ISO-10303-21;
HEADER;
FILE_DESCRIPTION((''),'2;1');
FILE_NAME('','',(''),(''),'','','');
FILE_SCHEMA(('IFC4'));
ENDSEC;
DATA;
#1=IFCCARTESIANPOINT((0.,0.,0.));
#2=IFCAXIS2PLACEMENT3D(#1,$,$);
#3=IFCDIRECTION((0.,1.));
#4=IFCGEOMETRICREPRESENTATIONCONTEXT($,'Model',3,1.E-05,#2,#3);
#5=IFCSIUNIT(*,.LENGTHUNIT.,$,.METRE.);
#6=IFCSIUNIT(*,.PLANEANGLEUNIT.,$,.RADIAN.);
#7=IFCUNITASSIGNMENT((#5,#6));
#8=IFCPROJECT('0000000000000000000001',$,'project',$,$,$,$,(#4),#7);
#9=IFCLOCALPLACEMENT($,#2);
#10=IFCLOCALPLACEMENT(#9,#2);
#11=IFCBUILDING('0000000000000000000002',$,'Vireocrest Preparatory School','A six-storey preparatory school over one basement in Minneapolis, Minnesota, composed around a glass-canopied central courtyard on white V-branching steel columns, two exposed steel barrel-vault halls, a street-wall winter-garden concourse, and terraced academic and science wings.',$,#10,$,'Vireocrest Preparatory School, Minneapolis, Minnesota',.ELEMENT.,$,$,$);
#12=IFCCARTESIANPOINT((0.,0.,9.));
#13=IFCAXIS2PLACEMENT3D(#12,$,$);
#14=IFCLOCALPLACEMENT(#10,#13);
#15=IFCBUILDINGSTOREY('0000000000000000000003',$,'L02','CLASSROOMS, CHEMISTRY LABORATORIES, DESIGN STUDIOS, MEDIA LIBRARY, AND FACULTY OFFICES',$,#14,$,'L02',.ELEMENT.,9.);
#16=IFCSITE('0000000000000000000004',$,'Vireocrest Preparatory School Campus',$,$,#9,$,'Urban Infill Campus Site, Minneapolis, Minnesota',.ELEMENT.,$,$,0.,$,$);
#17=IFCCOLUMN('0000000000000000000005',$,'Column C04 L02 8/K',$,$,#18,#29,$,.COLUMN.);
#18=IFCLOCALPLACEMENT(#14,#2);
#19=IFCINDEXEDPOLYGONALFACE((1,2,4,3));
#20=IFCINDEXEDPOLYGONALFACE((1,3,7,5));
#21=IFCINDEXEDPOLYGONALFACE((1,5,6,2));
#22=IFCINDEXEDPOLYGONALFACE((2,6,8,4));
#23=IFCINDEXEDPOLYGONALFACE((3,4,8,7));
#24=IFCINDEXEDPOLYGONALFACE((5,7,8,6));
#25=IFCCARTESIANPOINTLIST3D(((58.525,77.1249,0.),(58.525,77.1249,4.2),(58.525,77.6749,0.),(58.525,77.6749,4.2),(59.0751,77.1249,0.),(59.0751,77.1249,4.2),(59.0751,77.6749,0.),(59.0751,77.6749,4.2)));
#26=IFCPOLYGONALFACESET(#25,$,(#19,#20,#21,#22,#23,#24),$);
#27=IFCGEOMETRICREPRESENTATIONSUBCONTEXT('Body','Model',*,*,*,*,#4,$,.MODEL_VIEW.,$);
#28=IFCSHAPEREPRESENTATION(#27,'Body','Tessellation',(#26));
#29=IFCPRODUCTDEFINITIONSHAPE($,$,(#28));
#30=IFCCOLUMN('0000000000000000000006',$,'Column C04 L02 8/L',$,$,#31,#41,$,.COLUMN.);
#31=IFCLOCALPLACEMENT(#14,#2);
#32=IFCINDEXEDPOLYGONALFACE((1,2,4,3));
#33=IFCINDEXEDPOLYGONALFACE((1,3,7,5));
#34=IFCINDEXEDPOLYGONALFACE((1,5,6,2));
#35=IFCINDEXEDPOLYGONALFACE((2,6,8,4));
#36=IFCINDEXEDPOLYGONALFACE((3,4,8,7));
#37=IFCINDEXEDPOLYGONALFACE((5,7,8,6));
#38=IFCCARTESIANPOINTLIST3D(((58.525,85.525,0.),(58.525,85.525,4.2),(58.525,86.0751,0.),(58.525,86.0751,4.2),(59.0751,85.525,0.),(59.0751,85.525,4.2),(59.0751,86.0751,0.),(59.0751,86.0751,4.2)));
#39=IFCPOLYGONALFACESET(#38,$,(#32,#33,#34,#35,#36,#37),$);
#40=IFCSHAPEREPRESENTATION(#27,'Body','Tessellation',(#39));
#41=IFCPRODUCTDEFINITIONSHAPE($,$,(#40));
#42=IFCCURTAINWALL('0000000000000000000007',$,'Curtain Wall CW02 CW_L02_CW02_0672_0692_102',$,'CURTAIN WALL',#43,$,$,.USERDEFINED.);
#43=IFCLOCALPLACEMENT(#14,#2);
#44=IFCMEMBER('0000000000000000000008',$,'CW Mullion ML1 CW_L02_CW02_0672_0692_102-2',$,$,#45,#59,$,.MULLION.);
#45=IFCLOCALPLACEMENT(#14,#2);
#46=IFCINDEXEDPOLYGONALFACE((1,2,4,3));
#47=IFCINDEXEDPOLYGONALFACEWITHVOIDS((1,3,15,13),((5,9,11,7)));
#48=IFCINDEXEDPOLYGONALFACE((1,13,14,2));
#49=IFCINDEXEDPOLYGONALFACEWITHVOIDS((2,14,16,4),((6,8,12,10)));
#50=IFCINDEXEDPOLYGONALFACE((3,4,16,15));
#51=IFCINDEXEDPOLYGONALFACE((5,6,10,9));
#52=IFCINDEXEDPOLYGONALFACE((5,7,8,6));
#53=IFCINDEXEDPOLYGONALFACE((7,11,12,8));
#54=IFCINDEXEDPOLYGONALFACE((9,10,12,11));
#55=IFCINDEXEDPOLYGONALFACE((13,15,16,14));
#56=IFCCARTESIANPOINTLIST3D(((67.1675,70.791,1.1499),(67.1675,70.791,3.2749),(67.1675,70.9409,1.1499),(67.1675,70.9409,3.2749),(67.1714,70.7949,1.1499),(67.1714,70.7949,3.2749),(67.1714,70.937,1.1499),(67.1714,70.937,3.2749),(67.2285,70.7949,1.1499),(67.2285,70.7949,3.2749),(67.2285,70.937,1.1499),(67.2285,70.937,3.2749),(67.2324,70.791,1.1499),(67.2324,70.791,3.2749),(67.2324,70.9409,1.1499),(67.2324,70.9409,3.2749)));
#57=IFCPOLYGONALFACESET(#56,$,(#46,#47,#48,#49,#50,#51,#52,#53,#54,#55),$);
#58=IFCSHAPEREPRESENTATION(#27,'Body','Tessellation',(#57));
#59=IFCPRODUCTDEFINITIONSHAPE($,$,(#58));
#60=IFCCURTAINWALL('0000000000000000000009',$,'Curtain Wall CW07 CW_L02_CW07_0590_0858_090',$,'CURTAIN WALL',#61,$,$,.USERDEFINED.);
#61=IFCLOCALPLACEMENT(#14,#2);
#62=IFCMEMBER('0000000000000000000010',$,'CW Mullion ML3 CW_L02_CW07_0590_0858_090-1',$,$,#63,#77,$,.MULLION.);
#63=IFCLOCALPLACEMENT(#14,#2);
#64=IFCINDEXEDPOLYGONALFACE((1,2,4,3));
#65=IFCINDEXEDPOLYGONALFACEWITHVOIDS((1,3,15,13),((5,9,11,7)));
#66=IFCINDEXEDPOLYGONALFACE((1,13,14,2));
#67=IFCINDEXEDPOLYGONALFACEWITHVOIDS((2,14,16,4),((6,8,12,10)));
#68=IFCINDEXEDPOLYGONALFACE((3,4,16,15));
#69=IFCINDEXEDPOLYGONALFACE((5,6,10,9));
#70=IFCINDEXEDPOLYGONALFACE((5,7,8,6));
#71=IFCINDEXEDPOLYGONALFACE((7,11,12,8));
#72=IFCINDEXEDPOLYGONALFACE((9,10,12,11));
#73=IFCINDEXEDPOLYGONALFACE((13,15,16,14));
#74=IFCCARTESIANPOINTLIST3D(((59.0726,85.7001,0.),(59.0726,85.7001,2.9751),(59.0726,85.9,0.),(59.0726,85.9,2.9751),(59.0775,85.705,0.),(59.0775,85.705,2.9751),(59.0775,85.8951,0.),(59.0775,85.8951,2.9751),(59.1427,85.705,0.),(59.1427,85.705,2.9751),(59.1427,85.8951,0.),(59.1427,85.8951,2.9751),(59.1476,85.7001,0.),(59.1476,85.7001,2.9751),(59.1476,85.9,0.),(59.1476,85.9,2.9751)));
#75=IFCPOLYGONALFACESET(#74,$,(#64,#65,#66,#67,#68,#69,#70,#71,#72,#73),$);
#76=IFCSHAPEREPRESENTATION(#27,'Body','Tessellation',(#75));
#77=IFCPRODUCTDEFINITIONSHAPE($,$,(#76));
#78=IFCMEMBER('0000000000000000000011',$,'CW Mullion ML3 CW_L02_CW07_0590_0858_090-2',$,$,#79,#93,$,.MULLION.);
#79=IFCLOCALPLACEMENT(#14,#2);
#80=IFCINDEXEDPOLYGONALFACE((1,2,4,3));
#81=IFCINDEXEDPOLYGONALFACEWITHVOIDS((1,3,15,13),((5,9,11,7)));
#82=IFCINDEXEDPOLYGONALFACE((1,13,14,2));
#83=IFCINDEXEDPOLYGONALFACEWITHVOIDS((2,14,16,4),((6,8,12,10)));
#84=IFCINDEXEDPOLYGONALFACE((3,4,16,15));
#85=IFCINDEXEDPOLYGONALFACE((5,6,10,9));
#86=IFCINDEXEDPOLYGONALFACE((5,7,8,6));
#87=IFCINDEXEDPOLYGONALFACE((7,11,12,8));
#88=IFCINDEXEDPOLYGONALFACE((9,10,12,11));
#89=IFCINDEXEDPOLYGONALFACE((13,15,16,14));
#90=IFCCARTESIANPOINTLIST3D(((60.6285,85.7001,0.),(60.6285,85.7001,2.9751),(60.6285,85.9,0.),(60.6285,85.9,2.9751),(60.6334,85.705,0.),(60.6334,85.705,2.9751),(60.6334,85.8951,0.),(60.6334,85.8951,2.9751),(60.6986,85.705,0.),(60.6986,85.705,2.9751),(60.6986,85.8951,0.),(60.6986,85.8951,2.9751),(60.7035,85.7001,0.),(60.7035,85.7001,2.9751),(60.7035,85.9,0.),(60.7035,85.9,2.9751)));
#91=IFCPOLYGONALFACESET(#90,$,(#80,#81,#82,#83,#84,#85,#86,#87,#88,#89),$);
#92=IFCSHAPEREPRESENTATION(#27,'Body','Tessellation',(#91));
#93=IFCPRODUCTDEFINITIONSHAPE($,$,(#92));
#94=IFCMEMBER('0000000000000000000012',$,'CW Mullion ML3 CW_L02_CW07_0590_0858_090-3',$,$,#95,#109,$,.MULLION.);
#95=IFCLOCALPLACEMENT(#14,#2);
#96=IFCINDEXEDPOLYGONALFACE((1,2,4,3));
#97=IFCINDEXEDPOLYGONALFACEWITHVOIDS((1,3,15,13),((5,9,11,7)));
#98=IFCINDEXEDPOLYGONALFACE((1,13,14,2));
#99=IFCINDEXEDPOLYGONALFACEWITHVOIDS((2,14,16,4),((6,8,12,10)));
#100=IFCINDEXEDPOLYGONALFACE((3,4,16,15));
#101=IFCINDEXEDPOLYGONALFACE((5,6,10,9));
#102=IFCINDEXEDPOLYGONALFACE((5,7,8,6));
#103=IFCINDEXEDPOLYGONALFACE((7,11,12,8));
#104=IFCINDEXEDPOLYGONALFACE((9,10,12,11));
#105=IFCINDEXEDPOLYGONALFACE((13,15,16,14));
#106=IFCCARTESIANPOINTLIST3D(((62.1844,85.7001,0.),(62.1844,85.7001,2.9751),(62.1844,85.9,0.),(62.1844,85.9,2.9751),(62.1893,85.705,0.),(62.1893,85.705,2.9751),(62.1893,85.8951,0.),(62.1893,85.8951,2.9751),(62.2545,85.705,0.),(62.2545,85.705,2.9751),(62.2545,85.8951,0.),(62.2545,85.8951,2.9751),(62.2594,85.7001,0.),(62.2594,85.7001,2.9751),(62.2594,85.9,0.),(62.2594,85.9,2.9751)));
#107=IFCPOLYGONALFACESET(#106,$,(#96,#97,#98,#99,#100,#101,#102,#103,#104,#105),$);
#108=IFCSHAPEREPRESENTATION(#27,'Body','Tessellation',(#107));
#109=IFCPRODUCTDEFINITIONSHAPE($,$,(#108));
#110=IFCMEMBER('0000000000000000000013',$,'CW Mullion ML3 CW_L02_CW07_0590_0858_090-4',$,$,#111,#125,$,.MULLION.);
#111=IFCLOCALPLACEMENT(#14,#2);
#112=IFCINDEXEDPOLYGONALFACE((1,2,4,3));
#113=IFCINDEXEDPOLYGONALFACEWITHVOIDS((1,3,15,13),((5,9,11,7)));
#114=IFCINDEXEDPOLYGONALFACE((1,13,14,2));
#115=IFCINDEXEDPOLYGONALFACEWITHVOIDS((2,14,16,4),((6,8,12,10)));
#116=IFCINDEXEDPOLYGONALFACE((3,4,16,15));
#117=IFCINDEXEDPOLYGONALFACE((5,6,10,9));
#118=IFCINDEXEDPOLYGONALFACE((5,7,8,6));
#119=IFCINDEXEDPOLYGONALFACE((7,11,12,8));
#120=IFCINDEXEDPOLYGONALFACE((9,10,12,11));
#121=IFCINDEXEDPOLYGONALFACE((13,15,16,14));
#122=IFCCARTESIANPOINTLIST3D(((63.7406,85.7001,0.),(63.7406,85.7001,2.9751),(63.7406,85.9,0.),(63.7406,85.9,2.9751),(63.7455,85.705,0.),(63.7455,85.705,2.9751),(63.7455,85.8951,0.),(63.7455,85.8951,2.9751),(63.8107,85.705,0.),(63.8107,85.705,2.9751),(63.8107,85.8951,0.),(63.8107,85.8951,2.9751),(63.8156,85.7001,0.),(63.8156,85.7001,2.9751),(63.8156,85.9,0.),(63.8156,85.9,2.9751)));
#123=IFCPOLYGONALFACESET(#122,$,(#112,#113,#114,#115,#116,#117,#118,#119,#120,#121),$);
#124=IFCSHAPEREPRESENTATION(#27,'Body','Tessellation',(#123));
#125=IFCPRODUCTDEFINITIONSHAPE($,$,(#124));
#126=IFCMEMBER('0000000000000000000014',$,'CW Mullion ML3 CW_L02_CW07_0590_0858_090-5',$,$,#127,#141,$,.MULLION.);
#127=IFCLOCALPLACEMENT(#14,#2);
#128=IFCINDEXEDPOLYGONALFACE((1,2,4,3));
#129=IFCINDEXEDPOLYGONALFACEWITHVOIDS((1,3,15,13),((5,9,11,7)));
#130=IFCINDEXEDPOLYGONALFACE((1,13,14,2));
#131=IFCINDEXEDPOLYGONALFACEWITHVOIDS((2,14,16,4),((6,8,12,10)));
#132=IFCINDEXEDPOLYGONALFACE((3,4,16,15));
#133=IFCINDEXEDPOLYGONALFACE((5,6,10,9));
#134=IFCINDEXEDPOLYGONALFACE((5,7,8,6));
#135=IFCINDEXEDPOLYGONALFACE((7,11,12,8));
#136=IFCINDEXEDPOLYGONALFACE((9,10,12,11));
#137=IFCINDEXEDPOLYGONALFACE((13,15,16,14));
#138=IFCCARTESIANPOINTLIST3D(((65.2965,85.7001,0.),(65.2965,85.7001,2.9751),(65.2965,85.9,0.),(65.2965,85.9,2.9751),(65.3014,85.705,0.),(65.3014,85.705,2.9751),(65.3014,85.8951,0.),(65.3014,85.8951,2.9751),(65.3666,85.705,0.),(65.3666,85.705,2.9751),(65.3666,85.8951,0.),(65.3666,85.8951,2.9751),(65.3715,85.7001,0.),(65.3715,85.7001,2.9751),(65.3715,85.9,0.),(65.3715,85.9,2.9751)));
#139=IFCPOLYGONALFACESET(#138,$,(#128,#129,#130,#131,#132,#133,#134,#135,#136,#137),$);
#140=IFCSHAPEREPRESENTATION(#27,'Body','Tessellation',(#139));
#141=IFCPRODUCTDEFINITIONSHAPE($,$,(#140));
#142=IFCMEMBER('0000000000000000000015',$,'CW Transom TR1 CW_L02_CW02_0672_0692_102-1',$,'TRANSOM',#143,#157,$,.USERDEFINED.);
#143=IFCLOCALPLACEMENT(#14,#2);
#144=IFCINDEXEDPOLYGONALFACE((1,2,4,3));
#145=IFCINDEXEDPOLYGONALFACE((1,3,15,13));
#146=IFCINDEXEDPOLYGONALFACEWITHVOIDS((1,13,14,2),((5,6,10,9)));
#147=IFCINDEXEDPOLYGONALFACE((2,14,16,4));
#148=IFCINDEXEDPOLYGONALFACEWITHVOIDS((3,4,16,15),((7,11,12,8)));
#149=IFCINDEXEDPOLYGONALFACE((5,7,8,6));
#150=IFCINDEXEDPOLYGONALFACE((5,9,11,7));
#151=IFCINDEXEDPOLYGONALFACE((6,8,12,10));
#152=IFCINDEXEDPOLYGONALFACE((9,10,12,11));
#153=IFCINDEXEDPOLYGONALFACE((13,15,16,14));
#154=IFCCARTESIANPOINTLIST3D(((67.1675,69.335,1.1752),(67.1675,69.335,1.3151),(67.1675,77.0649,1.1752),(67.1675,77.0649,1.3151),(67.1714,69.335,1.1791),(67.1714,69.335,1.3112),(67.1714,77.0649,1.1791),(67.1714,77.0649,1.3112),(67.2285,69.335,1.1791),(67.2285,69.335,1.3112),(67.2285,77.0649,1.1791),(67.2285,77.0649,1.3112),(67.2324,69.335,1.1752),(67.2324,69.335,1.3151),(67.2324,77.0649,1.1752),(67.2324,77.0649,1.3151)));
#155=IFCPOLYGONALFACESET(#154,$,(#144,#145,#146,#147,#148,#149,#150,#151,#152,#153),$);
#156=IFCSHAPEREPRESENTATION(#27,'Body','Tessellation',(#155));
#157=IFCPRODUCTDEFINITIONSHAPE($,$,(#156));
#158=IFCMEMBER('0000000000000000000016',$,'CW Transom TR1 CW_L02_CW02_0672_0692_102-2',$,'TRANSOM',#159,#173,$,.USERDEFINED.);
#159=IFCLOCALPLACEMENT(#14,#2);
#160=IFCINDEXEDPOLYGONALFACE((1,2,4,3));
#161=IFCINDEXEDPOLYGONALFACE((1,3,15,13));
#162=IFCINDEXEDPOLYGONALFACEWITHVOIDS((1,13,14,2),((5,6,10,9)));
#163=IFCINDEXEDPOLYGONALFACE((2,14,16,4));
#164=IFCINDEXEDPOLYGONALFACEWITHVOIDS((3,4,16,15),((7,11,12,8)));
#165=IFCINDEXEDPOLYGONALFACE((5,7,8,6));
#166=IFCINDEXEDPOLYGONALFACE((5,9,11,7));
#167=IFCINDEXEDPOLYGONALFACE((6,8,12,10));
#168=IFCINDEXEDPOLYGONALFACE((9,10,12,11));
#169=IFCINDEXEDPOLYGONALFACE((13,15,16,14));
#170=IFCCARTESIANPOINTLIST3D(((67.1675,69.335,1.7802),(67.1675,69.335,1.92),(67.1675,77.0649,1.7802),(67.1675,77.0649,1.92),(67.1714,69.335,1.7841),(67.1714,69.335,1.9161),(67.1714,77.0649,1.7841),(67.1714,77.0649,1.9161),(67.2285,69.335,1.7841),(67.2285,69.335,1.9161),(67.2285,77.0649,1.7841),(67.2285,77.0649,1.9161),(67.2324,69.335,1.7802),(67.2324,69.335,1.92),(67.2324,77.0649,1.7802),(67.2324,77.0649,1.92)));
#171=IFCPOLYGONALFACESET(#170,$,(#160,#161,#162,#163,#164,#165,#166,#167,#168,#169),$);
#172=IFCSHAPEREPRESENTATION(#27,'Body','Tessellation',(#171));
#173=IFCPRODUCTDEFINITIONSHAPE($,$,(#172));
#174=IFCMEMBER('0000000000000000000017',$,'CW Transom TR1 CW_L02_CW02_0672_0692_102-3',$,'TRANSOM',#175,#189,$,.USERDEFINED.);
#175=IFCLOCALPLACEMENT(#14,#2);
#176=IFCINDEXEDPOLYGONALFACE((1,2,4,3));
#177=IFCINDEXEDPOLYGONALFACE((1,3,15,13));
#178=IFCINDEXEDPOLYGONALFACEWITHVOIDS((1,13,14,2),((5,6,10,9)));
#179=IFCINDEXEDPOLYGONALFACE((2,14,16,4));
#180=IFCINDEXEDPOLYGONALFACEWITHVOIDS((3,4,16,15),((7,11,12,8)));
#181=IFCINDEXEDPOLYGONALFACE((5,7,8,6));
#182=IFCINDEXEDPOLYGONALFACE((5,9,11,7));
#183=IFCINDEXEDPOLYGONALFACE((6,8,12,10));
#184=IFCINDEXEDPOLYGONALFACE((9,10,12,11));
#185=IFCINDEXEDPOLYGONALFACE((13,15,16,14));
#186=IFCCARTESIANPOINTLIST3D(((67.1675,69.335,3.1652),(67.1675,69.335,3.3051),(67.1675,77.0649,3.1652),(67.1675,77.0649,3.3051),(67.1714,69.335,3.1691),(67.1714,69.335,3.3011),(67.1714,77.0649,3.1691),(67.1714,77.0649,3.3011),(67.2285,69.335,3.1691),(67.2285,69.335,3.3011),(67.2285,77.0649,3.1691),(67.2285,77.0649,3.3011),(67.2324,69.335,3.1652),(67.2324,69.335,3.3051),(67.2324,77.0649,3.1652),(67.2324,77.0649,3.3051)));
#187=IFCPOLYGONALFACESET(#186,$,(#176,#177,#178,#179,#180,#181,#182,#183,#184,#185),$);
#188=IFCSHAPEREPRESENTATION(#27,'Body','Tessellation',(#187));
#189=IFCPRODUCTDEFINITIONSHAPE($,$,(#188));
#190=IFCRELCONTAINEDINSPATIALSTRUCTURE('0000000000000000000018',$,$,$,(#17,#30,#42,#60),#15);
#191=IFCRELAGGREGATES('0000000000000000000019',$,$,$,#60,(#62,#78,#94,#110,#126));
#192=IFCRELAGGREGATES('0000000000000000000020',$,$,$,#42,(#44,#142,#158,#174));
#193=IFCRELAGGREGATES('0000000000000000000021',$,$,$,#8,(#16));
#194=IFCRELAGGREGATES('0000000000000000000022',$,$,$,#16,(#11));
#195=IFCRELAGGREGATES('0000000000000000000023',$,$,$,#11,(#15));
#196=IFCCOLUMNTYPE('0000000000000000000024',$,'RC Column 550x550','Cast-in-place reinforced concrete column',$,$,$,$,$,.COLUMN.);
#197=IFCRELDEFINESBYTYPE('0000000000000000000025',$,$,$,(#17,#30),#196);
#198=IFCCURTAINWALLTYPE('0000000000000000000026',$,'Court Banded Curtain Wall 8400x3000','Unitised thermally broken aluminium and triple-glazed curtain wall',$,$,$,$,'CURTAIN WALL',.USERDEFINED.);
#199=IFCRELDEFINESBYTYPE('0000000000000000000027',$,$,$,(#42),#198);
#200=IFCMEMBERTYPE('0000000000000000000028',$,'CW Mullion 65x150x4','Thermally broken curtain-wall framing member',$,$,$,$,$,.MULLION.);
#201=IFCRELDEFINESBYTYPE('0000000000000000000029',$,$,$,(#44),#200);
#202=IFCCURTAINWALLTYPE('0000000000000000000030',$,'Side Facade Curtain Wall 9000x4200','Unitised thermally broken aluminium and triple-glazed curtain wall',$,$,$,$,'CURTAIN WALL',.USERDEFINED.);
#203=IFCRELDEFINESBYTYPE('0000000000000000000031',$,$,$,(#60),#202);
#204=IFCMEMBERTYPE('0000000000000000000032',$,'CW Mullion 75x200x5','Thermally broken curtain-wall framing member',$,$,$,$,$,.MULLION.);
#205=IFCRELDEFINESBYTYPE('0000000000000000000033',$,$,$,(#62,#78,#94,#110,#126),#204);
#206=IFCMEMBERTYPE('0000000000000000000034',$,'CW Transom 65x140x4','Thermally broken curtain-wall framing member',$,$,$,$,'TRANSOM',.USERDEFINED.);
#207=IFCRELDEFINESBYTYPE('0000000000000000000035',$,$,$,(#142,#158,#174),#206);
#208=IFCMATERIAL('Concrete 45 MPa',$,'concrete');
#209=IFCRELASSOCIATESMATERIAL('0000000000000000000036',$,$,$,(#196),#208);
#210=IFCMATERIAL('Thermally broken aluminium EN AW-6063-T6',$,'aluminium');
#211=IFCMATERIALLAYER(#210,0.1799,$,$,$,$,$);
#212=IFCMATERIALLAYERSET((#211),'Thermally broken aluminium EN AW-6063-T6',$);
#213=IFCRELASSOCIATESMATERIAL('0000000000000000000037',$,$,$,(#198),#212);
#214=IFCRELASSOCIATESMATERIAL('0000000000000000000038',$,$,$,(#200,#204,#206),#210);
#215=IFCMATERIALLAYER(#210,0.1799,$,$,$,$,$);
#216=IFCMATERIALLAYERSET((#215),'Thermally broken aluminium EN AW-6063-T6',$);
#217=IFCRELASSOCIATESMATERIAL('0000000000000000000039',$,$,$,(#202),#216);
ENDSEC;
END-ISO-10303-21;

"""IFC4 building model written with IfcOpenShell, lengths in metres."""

from ifc_helpers import new_model, si_unit, direction, frame, origin, origin_2d, place, context, subcontext, project, spatial, rectangle, hollow_rectangle, extrude, material, layer, layer_set, material_profile, profile_set, type_object, element, aggregate, save


model = new_model("IFC4")

# Units and contexts
model_context = context("Model", 3, precision=1e-05, world=origin(), true_north=direction((0.0, 1.0)))
body_context = subcontext(model_context, "Body", "Model", "MODEL_VIEW")
ifc_project = project(units=[si_unit("LENGTHUNIT", "METRE"), si_unit("PLANEANGLEUNIT", "RADIAN")], contexts=[model_context])

# Site, building, storey
site_placement = place(None, origin())
site = spatial("IfcSite", under=ifc_project, at=site_placement, Name="Vireocrest Preparatory School Campus", LongName="Urban Infill Campus Site, Minneapolis, Minnesota", CompositionType="ELEMENT", RefElevation=0.0)
building_placement = place(site_placement, origin())
building = spatial("IfcBuilding", under=site, at=building_placement, Name="Vireocrest Preparatory School", Description="A six-storey preparatory school over one basement in Minneapolis, Minnesota, composed around a glass-canopied central courtyard on white V-branching steel columns, two exposed steel barrel-vault halls, a street-wall winter-garden concourse, and terraced academic and science wings.", LongName="Vireocrest Preparatory School, Minneapolis, Minnesota", CompositionType="ELEMENT")
storey_placement = place(building_placement, frame((0.0, 0.0, 9.0)))
storey = spatial("IfcBuildingStorey", under=building, at=storey_placement, Name="L02", Description="CLASSROOMS, CHEMISTRY LABORATORIES, DESIGN STUDIOS, MEDIA LIBRARY, AND FACULTY OFFICES", LongName="L02", CompositionType="ELEMENT", Elevation=9.0)

# Columns
ifc_material_1 = material(Name="Concrete 45 MPa", Category="concrete")
ifc_material_profile_1 = material_profile(ifc_material_1, rectangle(XDim=0.55, YDim=0.55, at=origin_2d()), Name="RC 550x550")
ifc_profile_set_1 = profile_set([ifc_material_profile_1], Name="Concrete 45 MPa")
column_type = type_object("IfcColumnType", Name="RC Column 550x550", Description="Cast-in-place reinforced concrete column", PredefinedType="COLUMN", material=ifc_profile_set_1)
for number, where, z_axis, x_axis, name in (
    (1, (58.8, 77.3999, 0.0), (0.0, 0.0, 1.0), (1.0, 0.0, 0.0), "Column C04 L02 8/K"),
    (2, (58.8, 85.8, 0.0), (0.0, 0.0, 1.0), (1.0, 0.0, 0.0), "Column C04 L02 8/L"),
):
    element("IfcColumn", number, at=place(storey_placement, frame(where, z_axis=z_axis, x_axis=x_axis)), inside=storey, type_object=column_type, Name=name, PredefinedType="COLUMN", context=body_context, shape_type="SweptSolid", body=[
        extrude(rectangle(XDim=0.55, YDim=0.55, at=origin_2d()), origin(), (0.0, 0.0, 1.0), 4.2),
    ])

# Curtain wall, member
ifc_material_2 = material(Name="Thermally broken aluminium EN AW-6063-T6", Category="aluminium")
ifc_layer_1 = layer(ifc_material_2, 0.1799)
ifc_layer_set_1 = layer_set([ifc_layer_1], Name="Thermally broken aluminium EN AW-6063-T6")
curtain_wall_type_1 = type_object("IfcCurtainWallType", Name="Court Banded Curtain Wall 8400x3000", Description="Unitised thermally broken aluminium and triple-glazed curtain wall", ElementType="CURTAIN WALL", PredefinedType="USERDEFINED", material=ifc_layer_set_1)
curtain_wall_1_placement = place(storey_placement, origin())
curtain_wall_1 = element("IfcCurtainWall", 3, at=curtain_wall_1_placement, inside=storey, type_object=curtain_wall_type_1, Name="Curtain Wall CW02 CW_L02_CW02_0672_0692_102", ObjectType="CURTAIN WALL", PredefinedType="USERDEFINED")
ifc_material_profile_2 = material_profile(ifc_material_2, hollow_rectangle(XDim=0.0649, YDim=0.1499, WallThickness=0.0039, at=origin_2d()), Name="ALU 65x150x4")
ifc_profile_set_2 = profile_set([ifc_material_profile_2], Name="Thermally broken aluminium EN AW-6063-T6")
member_type_1 = type_object("IfcMemberType", Name="CW Mullion 65x150x4", Description="Thermally broken curtain-wall framing member", PredefinedType="MULLION", material=ifc_profile_set_2)
member_1_placement = place(storey_placement, frame((67.2, 70.866, 1.1499), z_axis=(0.0, 0.0, 1.0), x_axis=(1.0, 0.0, 0.0)))
member_1 = element("IfcMember", 4, at=member_1_placement, type_object=member_type_1, Name="CW Mullion ML1 CW_L02_CW02_0672_0692_102-2", PredefinedType="MULLION", context=body_context, shape_type="SweptSolid", body=[
    extrude(hollow_rectangle(XDim=0.0649, YDim=0.1499, WallThickness=0.0039, at=origin_2d()), origin(), (0.0, 0.0, 1.0), 2.125),
])

# Curtain wall, members
ifc_layer_2 = layer(ifc_material_2, 0.1799)
ifc_layer_set_2 = layer_set([ifc_layer_2], Name="Thermally broken aluminium EN AW-6063-T6")
curtain_wall_type_2 = type_object("IfcCurtainWallType", Name="Side Facade Curtain Wall 9000x4200", Description="Unitised thermally broken aluminium and triple-glazed curtain wall", ElementType="CURTAIN WALL", PredefinedType="USERDEFINED", material=ifc_layer_set_2)
curtain_wall_2_placement = place(storey_placement, origin())
curtain_wall_2 = element("IfcCurtainWall", 5, at=curtain_wall_2_placement, inside=storey, type_object=curtain_wall_type_2, Name="Curtain Wall CW07 CW_L02_CW07_0590_0858_090", ObjectType="CURTAIN WALL", PredefinedType="USERDEFINED")
ifc_material_profile_3 = material_profile(ifc_material_2, hollow_rectangle(XDim=0.075, YDim=0.2, WallThickness=0.0049, at=origin_2d()), Name="ALU 75x200x5")
ifc_profile_set_3 = profile_set([ifc_material_profile_3], Name="Thermally broken aluminium EN AW-6063-T6")
member_type_2 = type_object("IfcMemberType", Name="CW Mullion 75x200x5", Description="Thermally broken curtain-wall framing member", PredefinedType="MULLION", material=ifc_profile_set_3)
member_2_placement = place(storey_placement, frame((59.1101, 85.8, 0.0), z_axis=(0.0, 0.0, 1.0), x_axis=(1.0, 0.0, 0.0)))
member_2 = element("IfcMember", 6, at=member_2_placement, type_object=member_type_2, Name="CW Mullion ML3 CW_L02_CW07_0590_0858_090-1", PredefinedType="MULLION", context=body_context, shape_type="SweptSolid", body=[
    extrude(hollow_rectangle(XDim=0.075, YDim=0.2, WallThickness=0.0049, at=origin_2d()), origin(), (0.0, 0.0, 1.0), 2.9751),
])
member_3_placement = place(storey_placement, frame((60.666, 85.8, 0.0), z_axis=(0.0, 0.0, 1.0), x_axis=(1.0, 0.0, 0.0)))
member_3 = element("IfcMember", 7, at=member_3_placement, type_object=member_type_2, Name="CW Mullion ML3 CW_L02_CW07_0590_0858_090-2", PredefinedType="MULLION", context=body_context, shape_type="SweptSolid", body=[
    extrude(hollow_rectangle(XDim=0.075, YDim=0.2, WallThickness=0.0049, at=origin_2d()), origin(), (0.0, 0.0, 1.0), 2.9751),
])
member_4_placement = place(storey_placement, frame((62.2219, 85.8, 0.0), z_axis=(0.0, 0.0, 1.0), x_axis=(1.0, 0.0, 0.0)))
member_4 = element("IfcMember", 8, at=member_4_placement, type_object=member_type_2, Name="CW Mullion ML3 CW_L02_CW07_0590_0858_090-3", PredefinedType="MULLION", context=body_context, shape_type="SweptSolid", body=[
    extrude(hollow_rectangle(XDim=0.075, YDim=0.2, WallThickness=0.0049, at=origin_2d()), origin(), (0.0, 0.0, 1.0), 2.9751),
])
member_5_placement = place(storey_placement, frame((63.7781, 85.8, 0.0), z_axis=(0.0, 0.0, 1.0), x_axis=(1.0, 0.0, 0.0)))
member_5 = element("IfcMember", 9, at=member_5_placement, type_object=member_type_2, Name="CW Mullion ML3 CW_L02_CW07_0590_0858_090-4", PredefinedType="MULLION", context=body_context, shape_type="SweptSolid", body=[
    extrude(hollow_rectangle(XDim=0.075, YDim=0.2, WallThickness=0.0049, at=origin_2d()), origin(), (0.0, 0.0, 1.0), 2.9751),
])
member_6_placement = place(storey_placement, frame((65.334, 85.8, 0.0), z_axis=(0.0, 0.0, 1.0), x_axis=(1.0, 0.0, 0.0)))
member_6 = element("IfcMember", 10, at=member_6_placement, type_object=member_type_2, Name="CW Mullion ML3 CW_L02_CW07_0590_0858_090-5", PredefinedType="MULLION", context=body_context, shape_type="SweptSolid", body=[
    extrude(hollow_rectangle(XDim=0.075, YDim=0.2, WallThickness=0.0049, at=origin_2d()), origin(), (0.0, 0.0, 1.0), 2.9751),
])

# Members
ifc_material_profile_4 = material_profile(ifc_material_2, hollow_rectangle(XDim=0.0649, YDim=0.1399, WallThickness=0.0039, at=origin_2d()), Name="ALU 65x140x4")
ifc_profile_set_4 = profile_set([ifc_material_profile_4], Name="Thermally broken aluminium EN AW-6063-T6")
member_type_3 = type_object("IfcMemberType", Name="CW Transom 65x140x4", Description="Thermally broken curtain-wall framing member", ElementType="TRANSOM", PredefinedType="USERDEFINED", material=ifc_profile_set_4)
member_7_placement = place(storey_placement, frame((67.2, 69.335, 1.2451), z_axis=(0.0, 1.0, 0.0), x_axis=(-1.0, 0.0, 0.0)))
member_7 = element("IfcMember", 11, at=member_7_placement, type_object=member_type_3, Name="CW Transom TR1 CW_L02_CW02_0672_0692_102-1", ObjectType="TRANSOM", PredefinedType="USERDEFINED", context=body_context, shape_type="SweptSolid", body=[
    extrude(hollow_rectangle(XDim=0.0649, YDim=0.1399, WallThickness=0.0039, at=origin_2d()), origin(), (0.0, 0.0, 1.0), 7.73),
])
member_8_placement = place(storey_placement, frame((67.2, 69.335, 1.8501), z_axis=(0.0, 1.0, 0.0), x_axis=(-1.0, 0.0, 0.0)))
member_8 = element("IfcMember", 12, at=member_8_placement, type_object=member_type_3, Name="CW Transom TR1 CW_L02_CW02_0672_0692_102-2", ObjectType="TRANSOM", PredefinedType="USERDEFINED", context=body_context, shape_type="SweptSolid", body=[
    extrude(hollow_rectangle(XDim=0.0649, YDim=0.1399, WallThickness=0.0039, at=origin_2d()), origin(), (0.0, 0.0, 1.0), 7.73),
])
member_9_placement = place(storey_placement, frame((67.2, 69.335, 3.2351), z_axis=(0.0, 1.0, 0.0), x_axis=(-1.0, 0.0, 0.0)))
member_9 = element("IfcMember", 13, at=member_9_placement, type_object=member_type_3, Name="CW Transom TR1 CW_L02_CW02_0672_0692_102-3", ObjectType="TRANSOM", PredefinedType="USERDEFINED", context=body_context, shape_type="SweptSolid", body=[
    extrude(hollow_rectangle(XDim=0.0649, YDim=0.1399, WallThickness=0.0039, at=origin_2d()), origin(), (0.0, 0.0, 1.0), 7.73),
])

aggregate(curtain_wall_2, [member_2, member_3, member_4, member_5, member_6])
aggregate(curtain_wall_1, [member_1, member_7, member_8, member_9])

save(model, "model.ifc")
